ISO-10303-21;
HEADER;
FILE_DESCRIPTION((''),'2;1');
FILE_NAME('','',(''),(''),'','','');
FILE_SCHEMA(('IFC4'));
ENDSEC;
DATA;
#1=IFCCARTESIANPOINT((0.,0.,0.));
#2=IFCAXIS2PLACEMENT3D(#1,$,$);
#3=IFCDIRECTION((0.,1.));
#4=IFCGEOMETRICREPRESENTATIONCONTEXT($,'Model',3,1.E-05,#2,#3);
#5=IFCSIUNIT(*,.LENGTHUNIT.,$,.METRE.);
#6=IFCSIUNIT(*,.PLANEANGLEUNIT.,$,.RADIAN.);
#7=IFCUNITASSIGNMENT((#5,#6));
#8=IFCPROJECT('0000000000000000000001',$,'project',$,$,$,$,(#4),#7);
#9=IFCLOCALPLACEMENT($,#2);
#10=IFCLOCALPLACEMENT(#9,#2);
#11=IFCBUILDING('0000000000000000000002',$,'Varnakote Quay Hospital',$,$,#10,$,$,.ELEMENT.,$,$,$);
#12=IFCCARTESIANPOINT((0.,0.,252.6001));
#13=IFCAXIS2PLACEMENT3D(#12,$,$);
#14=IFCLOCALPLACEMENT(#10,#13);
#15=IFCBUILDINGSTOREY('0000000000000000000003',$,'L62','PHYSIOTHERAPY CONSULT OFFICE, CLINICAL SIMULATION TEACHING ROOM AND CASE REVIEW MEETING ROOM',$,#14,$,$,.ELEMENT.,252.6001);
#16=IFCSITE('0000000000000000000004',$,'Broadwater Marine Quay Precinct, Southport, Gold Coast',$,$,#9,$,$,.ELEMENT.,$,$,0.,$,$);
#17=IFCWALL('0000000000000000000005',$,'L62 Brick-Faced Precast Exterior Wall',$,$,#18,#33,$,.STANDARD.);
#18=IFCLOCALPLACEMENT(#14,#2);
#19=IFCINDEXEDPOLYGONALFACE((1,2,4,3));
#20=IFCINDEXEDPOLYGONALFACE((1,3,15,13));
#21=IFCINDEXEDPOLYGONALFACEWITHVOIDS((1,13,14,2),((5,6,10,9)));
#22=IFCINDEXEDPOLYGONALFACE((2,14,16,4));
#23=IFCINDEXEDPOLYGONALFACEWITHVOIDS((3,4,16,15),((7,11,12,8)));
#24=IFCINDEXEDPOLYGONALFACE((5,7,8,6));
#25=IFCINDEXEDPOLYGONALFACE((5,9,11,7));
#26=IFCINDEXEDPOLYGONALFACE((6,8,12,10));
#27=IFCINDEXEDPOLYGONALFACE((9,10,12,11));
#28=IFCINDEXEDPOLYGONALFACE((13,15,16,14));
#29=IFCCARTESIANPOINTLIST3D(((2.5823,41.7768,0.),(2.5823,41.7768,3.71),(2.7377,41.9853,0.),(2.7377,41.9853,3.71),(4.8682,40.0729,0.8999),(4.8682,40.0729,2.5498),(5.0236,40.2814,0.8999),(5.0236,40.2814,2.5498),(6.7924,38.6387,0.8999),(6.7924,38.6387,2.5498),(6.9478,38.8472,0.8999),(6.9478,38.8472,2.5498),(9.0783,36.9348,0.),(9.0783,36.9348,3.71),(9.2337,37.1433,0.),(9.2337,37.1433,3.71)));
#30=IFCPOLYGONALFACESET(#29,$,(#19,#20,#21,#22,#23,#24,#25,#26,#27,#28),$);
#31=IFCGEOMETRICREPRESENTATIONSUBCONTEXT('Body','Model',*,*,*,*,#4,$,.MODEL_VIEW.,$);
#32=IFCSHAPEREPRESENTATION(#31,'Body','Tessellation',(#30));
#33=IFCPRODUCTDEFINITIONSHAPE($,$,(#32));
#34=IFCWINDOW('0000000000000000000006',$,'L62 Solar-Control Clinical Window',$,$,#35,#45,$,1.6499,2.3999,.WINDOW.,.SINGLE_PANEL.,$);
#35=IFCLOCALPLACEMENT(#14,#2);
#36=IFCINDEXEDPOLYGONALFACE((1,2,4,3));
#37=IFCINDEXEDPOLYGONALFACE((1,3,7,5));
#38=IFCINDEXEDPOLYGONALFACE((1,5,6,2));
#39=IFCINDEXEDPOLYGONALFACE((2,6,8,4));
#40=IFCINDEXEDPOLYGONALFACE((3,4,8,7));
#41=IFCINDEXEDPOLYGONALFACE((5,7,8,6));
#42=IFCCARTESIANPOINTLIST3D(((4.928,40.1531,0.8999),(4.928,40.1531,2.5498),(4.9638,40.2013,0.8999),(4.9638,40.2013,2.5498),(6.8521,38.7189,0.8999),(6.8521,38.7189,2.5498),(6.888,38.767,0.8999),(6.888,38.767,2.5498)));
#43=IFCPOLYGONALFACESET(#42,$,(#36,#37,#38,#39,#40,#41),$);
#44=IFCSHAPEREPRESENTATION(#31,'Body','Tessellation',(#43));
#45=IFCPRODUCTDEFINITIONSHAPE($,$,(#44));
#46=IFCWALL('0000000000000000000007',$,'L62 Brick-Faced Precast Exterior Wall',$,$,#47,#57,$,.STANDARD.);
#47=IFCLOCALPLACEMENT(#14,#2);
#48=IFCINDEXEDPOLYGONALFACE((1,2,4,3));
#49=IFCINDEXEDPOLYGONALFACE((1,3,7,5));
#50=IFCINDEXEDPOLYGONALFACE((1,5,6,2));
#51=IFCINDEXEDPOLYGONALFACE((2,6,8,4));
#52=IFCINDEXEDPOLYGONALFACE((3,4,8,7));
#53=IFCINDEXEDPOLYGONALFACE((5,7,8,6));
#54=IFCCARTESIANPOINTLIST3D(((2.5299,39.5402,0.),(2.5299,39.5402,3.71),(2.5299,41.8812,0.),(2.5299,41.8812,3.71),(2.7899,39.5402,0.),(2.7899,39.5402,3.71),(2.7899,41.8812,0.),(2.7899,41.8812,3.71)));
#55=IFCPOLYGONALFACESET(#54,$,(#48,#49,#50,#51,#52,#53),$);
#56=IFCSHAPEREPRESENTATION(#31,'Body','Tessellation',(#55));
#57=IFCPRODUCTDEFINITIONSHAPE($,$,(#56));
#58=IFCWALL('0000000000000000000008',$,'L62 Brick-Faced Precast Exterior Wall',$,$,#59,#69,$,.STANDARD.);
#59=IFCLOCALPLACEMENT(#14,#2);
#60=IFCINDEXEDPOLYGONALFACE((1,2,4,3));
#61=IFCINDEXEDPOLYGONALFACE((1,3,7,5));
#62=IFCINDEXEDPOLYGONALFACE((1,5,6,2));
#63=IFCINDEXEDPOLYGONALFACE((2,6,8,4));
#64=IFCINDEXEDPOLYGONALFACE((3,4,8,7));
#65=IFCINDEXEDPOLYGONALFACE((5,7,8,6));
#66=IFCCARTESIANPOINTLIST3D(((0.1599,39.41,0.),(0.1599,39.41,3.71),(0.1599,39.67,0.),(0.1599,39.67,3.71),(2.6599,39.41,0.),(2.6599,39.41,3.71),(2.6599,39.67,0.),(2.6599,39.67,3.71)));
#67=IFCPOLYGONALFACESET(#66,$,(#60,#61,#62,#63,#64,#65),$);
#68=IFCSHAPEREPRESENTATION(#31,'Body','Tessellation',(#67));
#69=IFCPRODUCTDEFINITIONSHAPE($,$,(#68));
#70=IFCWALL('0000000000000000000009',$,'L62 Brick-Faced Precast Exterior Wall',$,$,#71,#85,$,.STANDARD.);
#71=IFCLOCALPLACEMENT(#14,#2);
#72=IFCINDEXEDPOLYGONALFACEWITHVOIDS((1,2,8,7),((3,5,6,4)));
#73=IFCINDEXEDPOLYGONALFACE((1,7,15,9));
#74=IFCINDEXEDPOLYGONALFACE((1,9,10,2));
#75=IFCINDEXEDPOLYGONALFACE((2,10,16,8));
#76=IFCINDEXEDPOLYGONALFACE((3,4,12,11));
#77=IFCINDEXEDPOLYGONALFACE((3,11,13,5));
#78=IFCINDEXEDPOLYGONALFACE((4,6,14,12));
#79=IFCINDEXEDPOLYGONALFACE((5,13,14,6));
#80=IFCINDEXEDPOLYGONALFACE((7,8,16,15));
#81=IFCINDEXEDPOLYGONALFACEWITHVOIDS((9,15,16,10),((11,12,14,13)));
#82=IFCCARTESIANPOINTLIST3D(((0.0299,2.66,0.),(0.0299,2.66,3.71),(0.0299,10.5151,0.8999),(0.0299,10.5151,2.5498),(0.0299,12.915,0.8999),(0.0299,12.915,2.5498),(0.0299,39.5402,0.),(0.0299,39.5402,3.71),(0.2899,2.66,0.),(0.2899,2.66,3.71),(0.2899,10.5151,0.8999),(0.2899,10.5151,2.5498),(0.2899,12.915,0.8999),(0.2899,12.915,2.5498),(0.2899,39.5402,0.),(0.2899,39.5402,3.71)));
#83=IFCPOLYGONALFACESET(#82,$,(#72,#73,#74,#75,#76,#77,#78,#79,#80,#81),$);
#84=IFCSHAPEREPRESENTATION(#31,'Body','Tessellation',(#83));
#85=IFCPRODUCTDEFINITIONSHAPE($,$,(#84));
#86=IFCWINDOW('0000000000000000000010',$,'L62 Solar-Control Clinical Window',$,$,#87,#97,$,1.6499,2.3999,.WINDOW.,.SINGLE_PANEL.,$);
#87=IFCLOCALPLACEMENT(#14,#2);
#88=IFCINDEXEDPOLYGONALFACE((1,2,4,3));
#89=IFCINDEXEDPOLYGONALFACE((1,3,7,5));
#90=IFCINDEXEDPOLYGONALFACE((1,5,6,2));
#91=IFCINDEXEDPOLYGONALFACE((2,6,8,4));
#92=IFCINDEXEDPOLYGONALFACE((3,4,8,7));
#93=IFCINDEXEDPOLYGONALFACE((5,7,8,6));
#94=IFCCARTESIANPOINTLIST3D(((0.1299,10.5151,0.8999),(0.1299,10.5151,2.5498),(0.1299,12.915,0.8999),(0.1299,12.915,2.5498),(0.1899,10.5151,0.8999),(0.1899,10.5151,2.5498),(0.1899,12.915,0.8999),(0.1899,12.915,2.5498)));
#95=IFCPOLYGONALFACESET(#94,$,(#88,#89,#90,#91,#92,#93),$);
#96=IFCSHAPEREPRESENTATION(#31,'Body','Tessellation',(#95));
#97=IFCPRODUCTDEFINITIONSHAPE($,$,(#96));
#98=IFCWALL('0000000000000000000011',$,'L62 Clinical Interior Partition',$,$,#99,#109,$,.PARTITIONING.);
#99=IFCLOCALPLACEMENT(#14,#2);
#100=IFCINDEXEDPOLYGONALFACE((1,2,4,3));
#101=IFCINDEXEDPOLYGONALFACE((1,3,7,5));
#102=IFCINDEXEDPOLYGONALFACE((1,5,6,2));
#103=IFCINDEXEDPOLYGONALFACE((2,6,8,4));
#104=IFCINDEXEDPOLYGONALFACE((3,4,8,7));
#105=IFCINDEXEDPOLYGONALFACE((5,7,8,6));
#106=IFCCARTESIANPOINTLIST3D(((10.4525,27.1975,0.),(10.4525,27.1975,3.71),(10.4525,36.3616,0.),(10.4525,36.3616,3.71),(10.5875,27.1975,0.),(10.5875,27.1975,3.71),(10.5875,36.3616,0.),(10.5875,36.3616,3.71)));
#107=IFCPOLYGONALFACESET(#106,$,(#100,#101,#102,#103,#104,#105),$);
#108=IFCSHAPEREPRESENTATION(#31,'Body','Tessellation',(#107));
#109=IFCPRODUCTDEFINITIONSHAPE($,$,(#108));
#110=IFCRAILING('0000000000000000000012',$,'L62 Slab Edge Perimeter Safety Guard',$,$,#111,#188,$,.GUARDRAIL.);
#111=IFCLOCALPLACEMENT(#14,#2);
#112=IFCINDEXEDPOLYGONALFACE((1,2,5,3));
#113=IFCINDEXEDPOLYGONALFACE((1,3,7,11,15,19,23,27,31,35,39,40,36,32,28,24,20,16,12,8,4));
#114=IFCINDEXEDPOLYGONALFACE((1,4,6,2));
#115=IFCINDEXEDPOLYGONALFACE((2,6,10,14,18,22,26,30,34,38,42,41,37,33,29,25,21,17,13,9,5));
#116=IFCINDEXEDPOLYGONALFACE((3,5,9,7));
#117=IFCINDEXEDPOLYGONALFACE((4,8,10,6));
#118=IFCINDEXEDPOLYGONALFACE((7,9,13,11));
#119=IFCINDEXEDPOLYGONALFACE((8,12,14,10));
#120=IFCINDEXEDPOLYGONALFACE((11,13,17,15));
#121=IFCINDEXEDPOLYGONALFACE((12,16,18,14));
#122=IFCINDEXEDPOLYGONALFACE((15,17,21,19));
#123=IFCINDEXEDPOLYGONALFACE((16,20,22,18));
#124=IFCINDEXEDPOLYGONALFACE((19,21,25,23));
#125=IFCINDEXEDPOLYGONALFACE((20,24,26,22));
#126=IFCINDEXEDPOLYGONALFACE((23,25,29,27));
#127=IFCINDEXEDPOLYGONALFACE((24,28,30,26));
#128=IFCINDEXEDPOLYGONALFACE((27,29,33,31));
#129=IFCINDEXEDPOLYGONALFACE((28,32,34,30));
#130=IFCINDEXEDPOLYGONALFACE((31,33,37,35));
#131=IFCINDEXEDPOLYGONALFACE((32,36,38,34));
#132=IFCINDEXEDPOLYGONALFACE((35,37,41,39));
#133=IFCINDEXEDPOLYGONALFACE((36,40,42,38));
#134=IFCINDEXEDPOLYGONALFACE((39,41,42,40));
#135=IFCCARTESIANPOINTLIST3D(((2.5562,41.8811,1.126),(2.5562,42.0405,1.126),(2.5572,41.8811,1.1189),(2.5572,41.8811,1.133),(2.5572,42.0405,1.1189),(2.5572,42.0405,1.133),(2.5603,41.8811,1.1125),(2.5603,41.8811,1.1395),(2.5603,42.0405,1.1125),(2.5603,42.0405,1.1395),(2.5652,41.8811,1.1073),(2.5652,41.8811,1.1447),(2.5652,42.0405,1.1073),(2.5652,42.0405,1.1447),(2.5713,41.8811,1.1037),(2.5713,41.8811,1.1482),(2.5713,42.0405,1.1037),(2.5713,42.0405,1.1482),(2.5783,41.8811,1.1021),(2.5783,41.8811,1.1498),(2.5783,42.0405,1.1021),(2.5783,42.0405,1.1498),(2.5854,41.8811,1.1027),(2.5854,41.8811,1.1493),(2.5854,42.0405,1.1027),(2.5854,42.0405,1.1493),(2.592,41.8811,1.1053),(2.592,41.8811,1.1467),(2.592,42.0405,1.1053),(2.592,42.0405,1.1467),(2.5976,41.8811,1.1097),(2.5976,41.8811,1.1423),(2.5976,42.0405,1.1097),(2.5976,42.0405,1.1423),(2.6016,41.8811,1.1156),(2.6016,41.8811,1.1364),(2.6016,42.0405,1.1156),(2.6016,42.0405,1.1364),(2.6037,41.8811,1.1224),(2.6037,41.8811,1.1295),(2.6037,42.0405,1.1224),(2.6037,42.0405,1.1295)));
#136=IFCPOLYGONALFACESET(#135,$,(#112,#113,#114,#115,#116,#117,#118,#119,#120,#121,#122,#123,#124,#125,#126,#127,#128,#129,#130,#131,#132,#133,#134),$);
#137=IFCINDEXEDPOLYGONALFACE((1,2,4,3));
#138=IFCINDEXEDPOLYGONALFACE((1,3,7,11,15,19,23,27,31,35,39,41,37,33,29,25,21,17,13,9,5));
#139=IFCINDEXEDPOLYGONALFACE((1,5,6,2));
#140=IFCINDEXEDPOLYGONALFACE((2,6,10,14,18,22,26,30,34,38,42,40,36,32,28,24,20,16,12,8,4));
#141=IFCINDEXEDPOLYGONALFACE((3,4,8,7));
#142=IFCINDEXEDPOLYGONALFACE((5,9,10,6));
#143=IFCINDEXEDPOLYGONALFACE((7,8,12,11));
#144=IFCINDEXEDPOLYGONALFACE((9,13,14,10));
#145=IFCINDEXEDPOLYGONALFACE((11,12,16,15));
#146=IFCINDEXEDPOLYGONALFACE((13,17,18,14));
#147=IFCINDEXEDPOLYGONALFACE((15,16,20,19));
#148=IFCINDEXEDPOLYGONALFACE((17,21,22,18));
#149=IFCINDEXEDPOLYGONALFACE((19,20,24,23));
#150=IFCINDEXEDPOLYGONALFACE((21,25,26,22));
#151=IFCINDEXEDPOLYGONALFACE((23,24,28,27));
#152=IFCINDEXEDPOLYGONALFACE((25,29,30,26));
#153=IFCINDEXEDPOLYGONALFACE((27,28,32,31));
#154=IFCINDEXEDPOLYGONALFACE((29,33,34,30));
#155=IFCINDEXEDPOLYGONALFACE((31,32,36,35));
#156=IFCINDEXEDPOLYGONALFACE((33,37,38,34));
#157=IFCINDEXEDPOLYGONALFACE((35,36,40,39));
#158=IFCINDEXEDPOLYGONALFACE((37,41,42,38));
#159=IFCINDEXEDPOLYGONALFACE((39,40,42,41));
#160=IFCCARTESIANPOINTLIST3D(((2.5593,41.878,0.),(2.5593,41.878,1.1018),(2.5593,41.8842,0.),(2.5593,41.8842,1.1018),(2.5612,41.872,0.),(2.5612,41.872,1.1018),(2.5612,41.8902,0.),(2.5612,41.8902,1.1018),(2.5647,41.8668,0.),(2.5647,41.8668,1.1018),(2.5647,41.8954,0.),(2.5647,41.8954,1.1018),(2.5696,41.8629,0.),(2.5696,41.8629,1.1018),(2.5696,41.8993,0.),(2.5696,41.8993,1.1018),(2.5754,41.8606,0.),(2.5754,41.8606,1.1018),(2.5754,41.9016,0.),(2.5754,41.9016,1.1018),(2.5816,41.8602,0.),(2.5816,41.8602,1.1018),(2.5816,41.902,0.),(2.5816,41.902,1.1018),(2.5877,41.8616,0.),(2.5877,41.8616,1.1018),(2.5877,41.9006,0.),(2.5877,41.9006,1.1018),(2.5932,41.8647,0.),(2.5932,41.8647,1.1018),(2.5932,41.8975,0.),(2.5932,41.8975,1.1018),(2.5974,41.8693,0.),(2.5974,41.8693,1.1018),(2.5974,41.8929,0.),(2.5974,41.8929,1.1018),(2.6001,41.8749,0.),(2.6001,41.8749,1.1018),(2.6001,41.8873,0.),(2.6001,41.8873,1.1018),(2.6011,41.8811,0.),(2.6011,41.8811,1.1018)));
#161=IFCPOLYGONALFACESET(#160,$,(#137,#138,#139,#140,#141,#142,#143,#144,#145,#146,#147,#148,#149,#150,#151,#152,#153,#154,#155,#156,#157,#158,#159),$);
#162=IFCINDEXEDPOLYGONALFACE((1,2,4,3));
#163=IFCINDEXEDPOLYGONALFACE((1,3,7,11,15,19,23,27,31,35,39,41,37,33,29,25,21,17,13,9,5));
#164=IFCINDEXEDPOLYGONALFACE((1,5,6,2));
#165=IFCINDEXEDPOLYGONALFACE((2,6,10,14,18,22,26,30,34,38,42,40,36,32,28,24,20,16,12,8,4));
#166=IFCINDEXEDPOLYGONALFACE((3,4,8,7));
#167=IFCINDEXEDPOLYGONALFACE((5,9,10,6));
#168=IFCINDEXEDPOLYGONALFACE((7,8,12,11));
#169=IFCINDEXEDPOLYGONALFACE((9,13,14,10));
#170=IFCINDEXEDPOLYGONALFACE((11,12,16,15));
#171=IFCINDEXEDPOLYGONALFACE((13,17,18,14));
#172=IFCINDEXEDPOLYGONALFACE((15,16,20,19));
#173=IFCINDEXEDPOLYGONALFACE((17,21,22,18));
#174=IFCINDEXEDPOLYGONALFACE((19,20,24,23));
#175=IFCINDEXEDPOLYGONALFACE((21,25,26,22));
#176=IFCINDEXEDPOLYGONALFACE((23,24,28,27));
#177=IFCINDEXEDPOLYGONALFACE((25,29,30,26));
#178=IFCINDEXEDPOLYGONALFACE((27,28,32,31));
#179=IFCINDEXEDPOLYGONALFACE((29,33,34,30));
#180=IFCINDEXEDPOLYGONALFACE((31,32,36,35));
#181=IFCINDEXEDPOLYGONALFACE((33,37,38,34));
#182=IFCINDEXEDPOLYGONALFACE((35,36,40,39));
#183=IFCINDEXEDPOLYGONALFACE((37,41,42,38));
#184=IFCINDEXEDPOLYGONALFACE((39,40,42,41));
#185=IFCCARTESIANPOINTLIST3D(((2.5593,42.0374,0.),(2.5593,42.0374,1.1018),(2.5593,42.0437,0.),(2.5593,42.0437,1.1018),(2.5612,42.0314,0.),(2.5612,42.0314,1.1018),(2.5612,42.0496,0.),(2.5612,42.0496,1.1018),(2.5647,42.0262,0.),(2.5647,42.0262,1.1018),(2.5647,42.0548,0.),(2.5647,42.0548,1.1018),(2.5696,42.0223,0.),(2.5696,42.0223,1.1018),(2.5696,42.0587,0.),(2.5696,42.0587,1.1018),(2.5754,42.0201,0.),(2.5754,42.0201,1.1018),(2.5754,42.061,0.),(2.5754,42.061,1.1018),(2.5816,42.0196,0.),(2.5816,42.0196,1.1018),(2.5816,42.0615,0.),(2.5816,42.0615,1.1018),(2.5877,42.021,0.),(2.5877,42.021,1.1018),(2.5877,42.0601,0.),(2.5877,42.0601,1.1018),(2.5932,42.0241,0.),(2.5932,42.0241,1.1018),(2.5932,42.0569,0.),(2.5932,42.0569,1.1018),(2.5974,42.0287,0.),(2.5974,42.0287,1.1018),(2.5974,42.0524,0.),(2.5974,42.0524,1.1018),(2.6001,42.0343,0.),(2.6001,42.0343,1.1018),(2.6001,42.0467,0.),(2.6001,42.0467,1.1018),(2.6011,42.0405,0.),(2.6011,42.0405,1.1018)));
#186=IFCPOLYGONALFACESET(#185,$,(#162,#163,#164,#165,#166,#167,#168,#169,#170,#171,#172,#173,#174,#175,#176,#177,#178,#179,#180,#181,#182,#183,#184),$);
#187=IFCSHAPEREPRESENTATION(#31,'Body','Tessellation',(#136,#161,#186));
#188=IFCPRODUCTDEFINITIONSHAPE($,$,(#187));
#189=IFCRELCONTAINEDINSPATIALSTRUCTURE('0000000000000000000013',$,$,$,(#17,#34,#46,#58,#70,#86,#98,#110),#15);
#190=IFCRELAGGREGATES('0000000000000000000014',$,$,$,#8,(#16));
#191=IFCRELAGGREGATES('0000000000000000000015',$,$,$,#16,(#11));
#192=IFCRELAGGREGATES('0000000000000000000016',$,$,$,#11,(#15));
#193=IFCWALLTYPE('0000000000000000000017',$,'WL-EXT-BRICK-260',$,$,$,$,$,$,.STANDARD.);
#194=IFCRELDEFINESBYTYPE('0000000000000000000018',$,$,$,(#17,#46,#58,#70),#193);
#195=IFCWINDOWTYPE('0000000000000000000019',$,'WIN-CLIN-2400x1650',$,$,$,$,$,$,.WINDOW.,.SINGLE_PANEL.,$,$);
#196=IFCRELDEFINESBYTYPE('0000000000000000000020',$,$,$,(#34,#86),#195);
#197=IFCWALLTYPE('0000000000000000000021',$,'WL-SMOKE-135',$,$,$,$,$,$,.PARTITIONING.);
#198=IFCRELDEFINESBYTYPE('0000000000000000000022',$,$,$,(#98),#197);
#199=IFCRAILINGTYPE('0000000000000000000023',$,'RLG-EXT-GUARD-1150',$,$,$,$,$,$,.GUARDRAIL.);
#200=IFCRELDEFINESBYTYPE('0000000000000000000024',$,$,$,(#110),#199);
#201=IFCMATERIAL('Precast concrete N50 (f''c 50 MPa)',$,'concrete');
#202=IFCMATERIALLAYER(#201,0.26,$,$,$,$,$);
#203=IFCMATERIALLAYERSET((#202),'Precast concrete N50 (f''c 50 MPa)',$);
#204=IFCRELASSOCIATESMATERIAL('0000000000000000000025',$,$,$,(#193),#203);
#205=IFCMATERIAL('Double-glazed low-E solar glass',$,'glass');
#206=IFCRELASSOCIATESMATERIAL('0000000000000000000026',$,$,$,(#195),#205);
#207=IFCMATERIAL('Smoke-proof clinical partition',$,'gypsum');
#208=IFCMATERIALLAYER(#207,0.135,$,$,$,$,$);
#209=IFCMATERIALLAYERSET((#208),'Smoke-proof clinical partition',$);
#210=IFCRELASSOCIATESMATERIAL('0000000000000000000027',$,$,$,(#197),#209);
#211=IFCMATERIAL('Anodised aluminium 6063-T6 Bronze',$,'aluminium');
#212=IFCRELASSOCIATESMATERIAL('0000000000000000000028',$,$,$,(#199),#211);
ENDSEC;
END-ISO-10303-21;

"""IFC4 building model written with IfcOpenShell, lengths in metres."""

from ifc_helpers import new_model, si_unit, direction, frame, frame_2d, origin, origin_2d, place, context, subcontext, project, spatial, rectangle, circle, extrude, material, layer, layer_set, type_object, element, fill, save


model = new_model("IFC4")

# Units and contexts
model_context = context("Model", 3, precision=1e-05, world=origin(), true_north=direction((0.0, 1.0)))
body_context = subcontext(model_context, "Body", "Model", "MODEL_VIEW")
ifc_project = project(units=[si_unit("LENGTHUNIT", "METRE"), si_unit("PLANEANGLEUNIT", "RADIAN")], contexts=[model_context])

# Site, building, storey
site_placement = place(None, origin())
site = spatial("IfcSite", under=ifc_project, at=site_placement, Name="Broadwater Marine Quay Precinct, Southport, Gold Coast", CompositionType="ELEMENT", RefElevation=0.0)
building_placement = place(site_placement, origin())
building = spatial("IfcBuilding", under=site, at=building_placement, Name="Varnakote Quay Hospital", CompositionType="ELEMENT")
storey_placement = place(building_placement, frame((0.0, 0.0, 252.6001)))
storey = spatial("IfcBuildingStorey", under=building, at=storey_placement, Name="L62", Description="PHYSIOTHERAPY CONSULT OFFICE, CLINICAL SIMULATION TEACHING ROOM AND CASE REVIEW MEETING ROOM", CompositionType="ELEMENT", Elevation=252.6001)

# Wall, opening, window
ifc_material_1 = material(Name="Precast concrete N50 (f'c 50 MPa)", Category="concrete")
ifc_layer_1 = layer(ifc_material_1, 0.26)
ifc_layer_set_1 = layer_set([ifc_layer_1], Name="Precast concrete N50 (f'c 50 MPa)")
wall_type_1 = type_object("IfcWallType", Name="WL-EXT-BRICK-260", PredefinedType="STANDARD", material=ifc_layer_set_1)
wall_1_placement = place(storey_placement, frame((9.156, 37.0391, 0.0), z_axis=(0.0, 0.0, 1.0), x_axis=(-0.801776, 0.597625, 0.0)))
wall_1 = element("IfcWall", 1, at=wall_1_placement, inside=storey, type_object=wall_type_1, Name="L62 Brick-Faced Precast Exterior Wall", PredefinedType="STANDARD", context=body_context, shape_type="SweptSolid", body=[
    extrude(rectangle(XDim=8.1021, YDim=0.26, at=frame_2d((4.051, 0.0))), origin(), (0.0, 0.0, 1.0), 3.71),
])
opening_1_placement = place(wall_1_placement, frame((2.8511, 0.0, 0.8999)))
opening_1 = element("IfcOpeningElement", 2, at=opening_1_placement, cuts=wall_1, PredefinedType="OPENING", context=body_context, shape_type="SweptSolid", body=[
    extrude(rectangle(XDim=2.3999, YDim=1.6499, at=frame_2d((1.2, 0.825))), frame((0.0, 0.1399, 0.0), z_axis=(0.0, -1.0, 0.0), x_axis=(1.0, 0.0, 0.0)), (0.0, 0.0, 1.0), 0.28),
])
ifc_material_2 = material(Name="Double-glazed low-E solar glass", Category="glass")
window_type = type_object("IfcWindowType", Name="WIN-CLIN-2400x1650", PartitioningType="SINGLE_PANEL", PredefinedType="WINDOW", material=ifc_material_2)
window_1_placement = place(opening_1_placement, origin())
window_1 = element("IfcWindow", 3, at=window_1_placement, inside=storey, type_object=window_type, Name="L62 Solar-Control Clinical Window", OverallHeight=1.6499, OverallWidth=2.3999, PartitioningType="SINGLE_PANEL", PredefinedType="WINDOW", context=body_context, shape_type="SweptSolid", body=[
    extrude(rectangle(XDim=2.3999, YDim=1.6499, at=frame_2d((1.2, 0.825))), frame((0.0, 0.03, 0.0), z_axis=(0.0, -1.0, 0.0), x_axis=(1.0, 0.0, 0.0)), (0.0, 0.0, 1.0), 0.0601),
])
fill(opening_1, window_1)

# Walls
wall_2_placement = place(storey_placement, frame((2.6599, 41.8811, 0.0), z_axis=(0.0, 0.0, 1.0), x_axis=(0.0, -1.0, 0.0)))
element("IfcWall", 4, at=wall_2_placement, inside=storey, type_object=wall_type_1, Name="L62 Brick-Faced Precast Exterior Wall", PredefinedType="STANDARD", context=body_context, shape_type="SweptSolid", body=[
    extrude(rectangle(XDim=2.3411, YDim=0.26, at=frame_2d((1.1704, 0.0))), origin(), (0.0, 0.0, 1.0), 3.71),
])
wall_3_placement = place(storey_placement, frame((2.6599, 39.54, 0.0), z_axis=(0.0, 0.0, 1.0), x_axis=(-1.0, 0.0, 0.0)))
element("IfcWall", 5, at=wall_3_placement, inside=storey, type_object=wall_type_1, Name="L62 Brick-Faced Precast Exterior Wall", PredefinedType="STANDARD", context=body_context, shape_type="SweptSolid", body=[
    extrude(rectangle(XDim=2.5, YDim=0.26, at=frame_2d((1.25, 0.0))), origin(), (0.0, 0.0, 1.0), 3.71),
])

# Wall, opening, window
wall_4_placement = place(storey_placement, frame((0.1599, 39.54, 0.0), z_axis=(0.0, 0.0, 1.0), x_axis=(0.0, -1.0, 0.0)))
wall_4 = element("IfcWall", 6, at=wall_4_placement, inside=storey, type_object=wall_type_1, Name="L62 Brick-Faced Precast Exterior Wall", PredefinedType="STANDARD", context=body_context, shape_type="SweptSolid", body=[
    extrude(rectangle(XDim=36.8801, YDim=0.26, at=frame_2d((18.4399, 0.0))), origin(), (0.0, 0.0, 1.0), 3.71),
])
opening_2_placement = place(wall_4_placement, frame((26.625, 0.0, 0.8999)))
opening_2 = element("IfcOpeningElement", 7, at=opening_2_placement, cuts=wall_4, PredefinedType="OPENING", context=body_context, shape_type="SweptSolid", body=[
    extrude(rectangle(XDim=2.3999, YDim=1.6499, at=frame_2d((1.2, 0.825))), frame((0.0, 0.1399, 0.0), z_axis=(0.0, -1.0, 0.0), x_axis=(1.0, 0.0, 0.0)), (0.0, 0.0, 1.0), 0.28),
])
window_2_placement = place(opening_2_placement, origin())
window_2 = element("IfcWindow", 8, at=window_2_placement, inside=storey, type_object=window_type, Name="L62 Solar-Control Clinical Window", OverallHeight=1.6499, OverallWidth=2.3999, PartitioningType="SINGLE_PANEL", PredefinedType="WINDOW", context=body_context, shape_type="SweptSolid", body=[
    extrude(rectangle(XDim=2.3999, YDim=1.6499, at=frame_2d((1.2, 0.825))), frame((0.0, 0.03, 0.0), z_axis=(0.0, -1.0, 0.0), x_axis=(1.0, 0.0, 0.0)), (0.0, 0.0, 1.0), 0.0601),
])
fill(opening_2, window_2)

# Wall
ifc_material_3 = material(Name="Smoke-proof clinical partition", Category="gypsum")
ifc_layer_2 = layer(ifc_material_3, 0.135)
ifc_layer_set_2 = layer_set([ifc_layer_2], Name="Smoke-proof clinical partition")
wall_type_2 = type_object("IfcWallType", Name="WL-SMOKE-135", PredefinedType="PARTITIONING", material=ifc_layer_set_2)
wall_5_placement = place(storey_placement, frame((10.52, 27.1975, 0.0), z_axis=(0.0, 0.0, 1.0), x_axis=(0.0, 1.0, 0.0)))
element("IfcWall", 9, at=wall_5_placement, inside=storey, type_object=wall_type_2, Name="L62 Clinical Interior Partition", PredefinedType="PARTITIONING", context=body_context, shape_type="SweptSolid", body=[
    extrude(rectangle(XDim=9.1641, YDim=0.135, at=frame_2d((4.582, 0.0))), origin(), (0.0, 0.0, 1.0), 3.71),
])

# Railing
ifc_material_4 = material(Name="Anodised aluminium 6063-T6 Bronze", Category="aluminium")
railing_type = type_object("IfcRailingType", Name="RLG-EXT-GUARD-1150", PredefinedType="GUARDRAIL", material=ifc_material_4)
railing_1_placement = place(storey_placement, frame((2.5801, 41.8811, 0.0)))
element("IfcRailing", 10, at=railing_1_placement, inside=storey, type_object=railing_type, Name="L62 Slab Edge Perimeter Safety Guard", PredefinedType="GUARDRAIL", context=body_context, shape_type="SweptSolid", body=[
    extrude(circle(Radius=0.0239, at=origin_2d()), frame((0.0, 0.0, 1.126), z_axis=(0.0, 1.0, 0.0), x_axis=(-1.0, 0.0, 0.0)), (0.0, 0.0, 1.0), 0.1594),
    extrude(circle(Radius=0.021, at=origin_2d()), origin(), (0.0, 0.0, 1.0), 1.1018),
    extrude(circle(Radius=0.021, at=origin_2d()), frame((0.0, 0.1594, 0.0)), (0.0, 0.0, 1.0), 1.1018),
])

save(model, "model.ifc")
